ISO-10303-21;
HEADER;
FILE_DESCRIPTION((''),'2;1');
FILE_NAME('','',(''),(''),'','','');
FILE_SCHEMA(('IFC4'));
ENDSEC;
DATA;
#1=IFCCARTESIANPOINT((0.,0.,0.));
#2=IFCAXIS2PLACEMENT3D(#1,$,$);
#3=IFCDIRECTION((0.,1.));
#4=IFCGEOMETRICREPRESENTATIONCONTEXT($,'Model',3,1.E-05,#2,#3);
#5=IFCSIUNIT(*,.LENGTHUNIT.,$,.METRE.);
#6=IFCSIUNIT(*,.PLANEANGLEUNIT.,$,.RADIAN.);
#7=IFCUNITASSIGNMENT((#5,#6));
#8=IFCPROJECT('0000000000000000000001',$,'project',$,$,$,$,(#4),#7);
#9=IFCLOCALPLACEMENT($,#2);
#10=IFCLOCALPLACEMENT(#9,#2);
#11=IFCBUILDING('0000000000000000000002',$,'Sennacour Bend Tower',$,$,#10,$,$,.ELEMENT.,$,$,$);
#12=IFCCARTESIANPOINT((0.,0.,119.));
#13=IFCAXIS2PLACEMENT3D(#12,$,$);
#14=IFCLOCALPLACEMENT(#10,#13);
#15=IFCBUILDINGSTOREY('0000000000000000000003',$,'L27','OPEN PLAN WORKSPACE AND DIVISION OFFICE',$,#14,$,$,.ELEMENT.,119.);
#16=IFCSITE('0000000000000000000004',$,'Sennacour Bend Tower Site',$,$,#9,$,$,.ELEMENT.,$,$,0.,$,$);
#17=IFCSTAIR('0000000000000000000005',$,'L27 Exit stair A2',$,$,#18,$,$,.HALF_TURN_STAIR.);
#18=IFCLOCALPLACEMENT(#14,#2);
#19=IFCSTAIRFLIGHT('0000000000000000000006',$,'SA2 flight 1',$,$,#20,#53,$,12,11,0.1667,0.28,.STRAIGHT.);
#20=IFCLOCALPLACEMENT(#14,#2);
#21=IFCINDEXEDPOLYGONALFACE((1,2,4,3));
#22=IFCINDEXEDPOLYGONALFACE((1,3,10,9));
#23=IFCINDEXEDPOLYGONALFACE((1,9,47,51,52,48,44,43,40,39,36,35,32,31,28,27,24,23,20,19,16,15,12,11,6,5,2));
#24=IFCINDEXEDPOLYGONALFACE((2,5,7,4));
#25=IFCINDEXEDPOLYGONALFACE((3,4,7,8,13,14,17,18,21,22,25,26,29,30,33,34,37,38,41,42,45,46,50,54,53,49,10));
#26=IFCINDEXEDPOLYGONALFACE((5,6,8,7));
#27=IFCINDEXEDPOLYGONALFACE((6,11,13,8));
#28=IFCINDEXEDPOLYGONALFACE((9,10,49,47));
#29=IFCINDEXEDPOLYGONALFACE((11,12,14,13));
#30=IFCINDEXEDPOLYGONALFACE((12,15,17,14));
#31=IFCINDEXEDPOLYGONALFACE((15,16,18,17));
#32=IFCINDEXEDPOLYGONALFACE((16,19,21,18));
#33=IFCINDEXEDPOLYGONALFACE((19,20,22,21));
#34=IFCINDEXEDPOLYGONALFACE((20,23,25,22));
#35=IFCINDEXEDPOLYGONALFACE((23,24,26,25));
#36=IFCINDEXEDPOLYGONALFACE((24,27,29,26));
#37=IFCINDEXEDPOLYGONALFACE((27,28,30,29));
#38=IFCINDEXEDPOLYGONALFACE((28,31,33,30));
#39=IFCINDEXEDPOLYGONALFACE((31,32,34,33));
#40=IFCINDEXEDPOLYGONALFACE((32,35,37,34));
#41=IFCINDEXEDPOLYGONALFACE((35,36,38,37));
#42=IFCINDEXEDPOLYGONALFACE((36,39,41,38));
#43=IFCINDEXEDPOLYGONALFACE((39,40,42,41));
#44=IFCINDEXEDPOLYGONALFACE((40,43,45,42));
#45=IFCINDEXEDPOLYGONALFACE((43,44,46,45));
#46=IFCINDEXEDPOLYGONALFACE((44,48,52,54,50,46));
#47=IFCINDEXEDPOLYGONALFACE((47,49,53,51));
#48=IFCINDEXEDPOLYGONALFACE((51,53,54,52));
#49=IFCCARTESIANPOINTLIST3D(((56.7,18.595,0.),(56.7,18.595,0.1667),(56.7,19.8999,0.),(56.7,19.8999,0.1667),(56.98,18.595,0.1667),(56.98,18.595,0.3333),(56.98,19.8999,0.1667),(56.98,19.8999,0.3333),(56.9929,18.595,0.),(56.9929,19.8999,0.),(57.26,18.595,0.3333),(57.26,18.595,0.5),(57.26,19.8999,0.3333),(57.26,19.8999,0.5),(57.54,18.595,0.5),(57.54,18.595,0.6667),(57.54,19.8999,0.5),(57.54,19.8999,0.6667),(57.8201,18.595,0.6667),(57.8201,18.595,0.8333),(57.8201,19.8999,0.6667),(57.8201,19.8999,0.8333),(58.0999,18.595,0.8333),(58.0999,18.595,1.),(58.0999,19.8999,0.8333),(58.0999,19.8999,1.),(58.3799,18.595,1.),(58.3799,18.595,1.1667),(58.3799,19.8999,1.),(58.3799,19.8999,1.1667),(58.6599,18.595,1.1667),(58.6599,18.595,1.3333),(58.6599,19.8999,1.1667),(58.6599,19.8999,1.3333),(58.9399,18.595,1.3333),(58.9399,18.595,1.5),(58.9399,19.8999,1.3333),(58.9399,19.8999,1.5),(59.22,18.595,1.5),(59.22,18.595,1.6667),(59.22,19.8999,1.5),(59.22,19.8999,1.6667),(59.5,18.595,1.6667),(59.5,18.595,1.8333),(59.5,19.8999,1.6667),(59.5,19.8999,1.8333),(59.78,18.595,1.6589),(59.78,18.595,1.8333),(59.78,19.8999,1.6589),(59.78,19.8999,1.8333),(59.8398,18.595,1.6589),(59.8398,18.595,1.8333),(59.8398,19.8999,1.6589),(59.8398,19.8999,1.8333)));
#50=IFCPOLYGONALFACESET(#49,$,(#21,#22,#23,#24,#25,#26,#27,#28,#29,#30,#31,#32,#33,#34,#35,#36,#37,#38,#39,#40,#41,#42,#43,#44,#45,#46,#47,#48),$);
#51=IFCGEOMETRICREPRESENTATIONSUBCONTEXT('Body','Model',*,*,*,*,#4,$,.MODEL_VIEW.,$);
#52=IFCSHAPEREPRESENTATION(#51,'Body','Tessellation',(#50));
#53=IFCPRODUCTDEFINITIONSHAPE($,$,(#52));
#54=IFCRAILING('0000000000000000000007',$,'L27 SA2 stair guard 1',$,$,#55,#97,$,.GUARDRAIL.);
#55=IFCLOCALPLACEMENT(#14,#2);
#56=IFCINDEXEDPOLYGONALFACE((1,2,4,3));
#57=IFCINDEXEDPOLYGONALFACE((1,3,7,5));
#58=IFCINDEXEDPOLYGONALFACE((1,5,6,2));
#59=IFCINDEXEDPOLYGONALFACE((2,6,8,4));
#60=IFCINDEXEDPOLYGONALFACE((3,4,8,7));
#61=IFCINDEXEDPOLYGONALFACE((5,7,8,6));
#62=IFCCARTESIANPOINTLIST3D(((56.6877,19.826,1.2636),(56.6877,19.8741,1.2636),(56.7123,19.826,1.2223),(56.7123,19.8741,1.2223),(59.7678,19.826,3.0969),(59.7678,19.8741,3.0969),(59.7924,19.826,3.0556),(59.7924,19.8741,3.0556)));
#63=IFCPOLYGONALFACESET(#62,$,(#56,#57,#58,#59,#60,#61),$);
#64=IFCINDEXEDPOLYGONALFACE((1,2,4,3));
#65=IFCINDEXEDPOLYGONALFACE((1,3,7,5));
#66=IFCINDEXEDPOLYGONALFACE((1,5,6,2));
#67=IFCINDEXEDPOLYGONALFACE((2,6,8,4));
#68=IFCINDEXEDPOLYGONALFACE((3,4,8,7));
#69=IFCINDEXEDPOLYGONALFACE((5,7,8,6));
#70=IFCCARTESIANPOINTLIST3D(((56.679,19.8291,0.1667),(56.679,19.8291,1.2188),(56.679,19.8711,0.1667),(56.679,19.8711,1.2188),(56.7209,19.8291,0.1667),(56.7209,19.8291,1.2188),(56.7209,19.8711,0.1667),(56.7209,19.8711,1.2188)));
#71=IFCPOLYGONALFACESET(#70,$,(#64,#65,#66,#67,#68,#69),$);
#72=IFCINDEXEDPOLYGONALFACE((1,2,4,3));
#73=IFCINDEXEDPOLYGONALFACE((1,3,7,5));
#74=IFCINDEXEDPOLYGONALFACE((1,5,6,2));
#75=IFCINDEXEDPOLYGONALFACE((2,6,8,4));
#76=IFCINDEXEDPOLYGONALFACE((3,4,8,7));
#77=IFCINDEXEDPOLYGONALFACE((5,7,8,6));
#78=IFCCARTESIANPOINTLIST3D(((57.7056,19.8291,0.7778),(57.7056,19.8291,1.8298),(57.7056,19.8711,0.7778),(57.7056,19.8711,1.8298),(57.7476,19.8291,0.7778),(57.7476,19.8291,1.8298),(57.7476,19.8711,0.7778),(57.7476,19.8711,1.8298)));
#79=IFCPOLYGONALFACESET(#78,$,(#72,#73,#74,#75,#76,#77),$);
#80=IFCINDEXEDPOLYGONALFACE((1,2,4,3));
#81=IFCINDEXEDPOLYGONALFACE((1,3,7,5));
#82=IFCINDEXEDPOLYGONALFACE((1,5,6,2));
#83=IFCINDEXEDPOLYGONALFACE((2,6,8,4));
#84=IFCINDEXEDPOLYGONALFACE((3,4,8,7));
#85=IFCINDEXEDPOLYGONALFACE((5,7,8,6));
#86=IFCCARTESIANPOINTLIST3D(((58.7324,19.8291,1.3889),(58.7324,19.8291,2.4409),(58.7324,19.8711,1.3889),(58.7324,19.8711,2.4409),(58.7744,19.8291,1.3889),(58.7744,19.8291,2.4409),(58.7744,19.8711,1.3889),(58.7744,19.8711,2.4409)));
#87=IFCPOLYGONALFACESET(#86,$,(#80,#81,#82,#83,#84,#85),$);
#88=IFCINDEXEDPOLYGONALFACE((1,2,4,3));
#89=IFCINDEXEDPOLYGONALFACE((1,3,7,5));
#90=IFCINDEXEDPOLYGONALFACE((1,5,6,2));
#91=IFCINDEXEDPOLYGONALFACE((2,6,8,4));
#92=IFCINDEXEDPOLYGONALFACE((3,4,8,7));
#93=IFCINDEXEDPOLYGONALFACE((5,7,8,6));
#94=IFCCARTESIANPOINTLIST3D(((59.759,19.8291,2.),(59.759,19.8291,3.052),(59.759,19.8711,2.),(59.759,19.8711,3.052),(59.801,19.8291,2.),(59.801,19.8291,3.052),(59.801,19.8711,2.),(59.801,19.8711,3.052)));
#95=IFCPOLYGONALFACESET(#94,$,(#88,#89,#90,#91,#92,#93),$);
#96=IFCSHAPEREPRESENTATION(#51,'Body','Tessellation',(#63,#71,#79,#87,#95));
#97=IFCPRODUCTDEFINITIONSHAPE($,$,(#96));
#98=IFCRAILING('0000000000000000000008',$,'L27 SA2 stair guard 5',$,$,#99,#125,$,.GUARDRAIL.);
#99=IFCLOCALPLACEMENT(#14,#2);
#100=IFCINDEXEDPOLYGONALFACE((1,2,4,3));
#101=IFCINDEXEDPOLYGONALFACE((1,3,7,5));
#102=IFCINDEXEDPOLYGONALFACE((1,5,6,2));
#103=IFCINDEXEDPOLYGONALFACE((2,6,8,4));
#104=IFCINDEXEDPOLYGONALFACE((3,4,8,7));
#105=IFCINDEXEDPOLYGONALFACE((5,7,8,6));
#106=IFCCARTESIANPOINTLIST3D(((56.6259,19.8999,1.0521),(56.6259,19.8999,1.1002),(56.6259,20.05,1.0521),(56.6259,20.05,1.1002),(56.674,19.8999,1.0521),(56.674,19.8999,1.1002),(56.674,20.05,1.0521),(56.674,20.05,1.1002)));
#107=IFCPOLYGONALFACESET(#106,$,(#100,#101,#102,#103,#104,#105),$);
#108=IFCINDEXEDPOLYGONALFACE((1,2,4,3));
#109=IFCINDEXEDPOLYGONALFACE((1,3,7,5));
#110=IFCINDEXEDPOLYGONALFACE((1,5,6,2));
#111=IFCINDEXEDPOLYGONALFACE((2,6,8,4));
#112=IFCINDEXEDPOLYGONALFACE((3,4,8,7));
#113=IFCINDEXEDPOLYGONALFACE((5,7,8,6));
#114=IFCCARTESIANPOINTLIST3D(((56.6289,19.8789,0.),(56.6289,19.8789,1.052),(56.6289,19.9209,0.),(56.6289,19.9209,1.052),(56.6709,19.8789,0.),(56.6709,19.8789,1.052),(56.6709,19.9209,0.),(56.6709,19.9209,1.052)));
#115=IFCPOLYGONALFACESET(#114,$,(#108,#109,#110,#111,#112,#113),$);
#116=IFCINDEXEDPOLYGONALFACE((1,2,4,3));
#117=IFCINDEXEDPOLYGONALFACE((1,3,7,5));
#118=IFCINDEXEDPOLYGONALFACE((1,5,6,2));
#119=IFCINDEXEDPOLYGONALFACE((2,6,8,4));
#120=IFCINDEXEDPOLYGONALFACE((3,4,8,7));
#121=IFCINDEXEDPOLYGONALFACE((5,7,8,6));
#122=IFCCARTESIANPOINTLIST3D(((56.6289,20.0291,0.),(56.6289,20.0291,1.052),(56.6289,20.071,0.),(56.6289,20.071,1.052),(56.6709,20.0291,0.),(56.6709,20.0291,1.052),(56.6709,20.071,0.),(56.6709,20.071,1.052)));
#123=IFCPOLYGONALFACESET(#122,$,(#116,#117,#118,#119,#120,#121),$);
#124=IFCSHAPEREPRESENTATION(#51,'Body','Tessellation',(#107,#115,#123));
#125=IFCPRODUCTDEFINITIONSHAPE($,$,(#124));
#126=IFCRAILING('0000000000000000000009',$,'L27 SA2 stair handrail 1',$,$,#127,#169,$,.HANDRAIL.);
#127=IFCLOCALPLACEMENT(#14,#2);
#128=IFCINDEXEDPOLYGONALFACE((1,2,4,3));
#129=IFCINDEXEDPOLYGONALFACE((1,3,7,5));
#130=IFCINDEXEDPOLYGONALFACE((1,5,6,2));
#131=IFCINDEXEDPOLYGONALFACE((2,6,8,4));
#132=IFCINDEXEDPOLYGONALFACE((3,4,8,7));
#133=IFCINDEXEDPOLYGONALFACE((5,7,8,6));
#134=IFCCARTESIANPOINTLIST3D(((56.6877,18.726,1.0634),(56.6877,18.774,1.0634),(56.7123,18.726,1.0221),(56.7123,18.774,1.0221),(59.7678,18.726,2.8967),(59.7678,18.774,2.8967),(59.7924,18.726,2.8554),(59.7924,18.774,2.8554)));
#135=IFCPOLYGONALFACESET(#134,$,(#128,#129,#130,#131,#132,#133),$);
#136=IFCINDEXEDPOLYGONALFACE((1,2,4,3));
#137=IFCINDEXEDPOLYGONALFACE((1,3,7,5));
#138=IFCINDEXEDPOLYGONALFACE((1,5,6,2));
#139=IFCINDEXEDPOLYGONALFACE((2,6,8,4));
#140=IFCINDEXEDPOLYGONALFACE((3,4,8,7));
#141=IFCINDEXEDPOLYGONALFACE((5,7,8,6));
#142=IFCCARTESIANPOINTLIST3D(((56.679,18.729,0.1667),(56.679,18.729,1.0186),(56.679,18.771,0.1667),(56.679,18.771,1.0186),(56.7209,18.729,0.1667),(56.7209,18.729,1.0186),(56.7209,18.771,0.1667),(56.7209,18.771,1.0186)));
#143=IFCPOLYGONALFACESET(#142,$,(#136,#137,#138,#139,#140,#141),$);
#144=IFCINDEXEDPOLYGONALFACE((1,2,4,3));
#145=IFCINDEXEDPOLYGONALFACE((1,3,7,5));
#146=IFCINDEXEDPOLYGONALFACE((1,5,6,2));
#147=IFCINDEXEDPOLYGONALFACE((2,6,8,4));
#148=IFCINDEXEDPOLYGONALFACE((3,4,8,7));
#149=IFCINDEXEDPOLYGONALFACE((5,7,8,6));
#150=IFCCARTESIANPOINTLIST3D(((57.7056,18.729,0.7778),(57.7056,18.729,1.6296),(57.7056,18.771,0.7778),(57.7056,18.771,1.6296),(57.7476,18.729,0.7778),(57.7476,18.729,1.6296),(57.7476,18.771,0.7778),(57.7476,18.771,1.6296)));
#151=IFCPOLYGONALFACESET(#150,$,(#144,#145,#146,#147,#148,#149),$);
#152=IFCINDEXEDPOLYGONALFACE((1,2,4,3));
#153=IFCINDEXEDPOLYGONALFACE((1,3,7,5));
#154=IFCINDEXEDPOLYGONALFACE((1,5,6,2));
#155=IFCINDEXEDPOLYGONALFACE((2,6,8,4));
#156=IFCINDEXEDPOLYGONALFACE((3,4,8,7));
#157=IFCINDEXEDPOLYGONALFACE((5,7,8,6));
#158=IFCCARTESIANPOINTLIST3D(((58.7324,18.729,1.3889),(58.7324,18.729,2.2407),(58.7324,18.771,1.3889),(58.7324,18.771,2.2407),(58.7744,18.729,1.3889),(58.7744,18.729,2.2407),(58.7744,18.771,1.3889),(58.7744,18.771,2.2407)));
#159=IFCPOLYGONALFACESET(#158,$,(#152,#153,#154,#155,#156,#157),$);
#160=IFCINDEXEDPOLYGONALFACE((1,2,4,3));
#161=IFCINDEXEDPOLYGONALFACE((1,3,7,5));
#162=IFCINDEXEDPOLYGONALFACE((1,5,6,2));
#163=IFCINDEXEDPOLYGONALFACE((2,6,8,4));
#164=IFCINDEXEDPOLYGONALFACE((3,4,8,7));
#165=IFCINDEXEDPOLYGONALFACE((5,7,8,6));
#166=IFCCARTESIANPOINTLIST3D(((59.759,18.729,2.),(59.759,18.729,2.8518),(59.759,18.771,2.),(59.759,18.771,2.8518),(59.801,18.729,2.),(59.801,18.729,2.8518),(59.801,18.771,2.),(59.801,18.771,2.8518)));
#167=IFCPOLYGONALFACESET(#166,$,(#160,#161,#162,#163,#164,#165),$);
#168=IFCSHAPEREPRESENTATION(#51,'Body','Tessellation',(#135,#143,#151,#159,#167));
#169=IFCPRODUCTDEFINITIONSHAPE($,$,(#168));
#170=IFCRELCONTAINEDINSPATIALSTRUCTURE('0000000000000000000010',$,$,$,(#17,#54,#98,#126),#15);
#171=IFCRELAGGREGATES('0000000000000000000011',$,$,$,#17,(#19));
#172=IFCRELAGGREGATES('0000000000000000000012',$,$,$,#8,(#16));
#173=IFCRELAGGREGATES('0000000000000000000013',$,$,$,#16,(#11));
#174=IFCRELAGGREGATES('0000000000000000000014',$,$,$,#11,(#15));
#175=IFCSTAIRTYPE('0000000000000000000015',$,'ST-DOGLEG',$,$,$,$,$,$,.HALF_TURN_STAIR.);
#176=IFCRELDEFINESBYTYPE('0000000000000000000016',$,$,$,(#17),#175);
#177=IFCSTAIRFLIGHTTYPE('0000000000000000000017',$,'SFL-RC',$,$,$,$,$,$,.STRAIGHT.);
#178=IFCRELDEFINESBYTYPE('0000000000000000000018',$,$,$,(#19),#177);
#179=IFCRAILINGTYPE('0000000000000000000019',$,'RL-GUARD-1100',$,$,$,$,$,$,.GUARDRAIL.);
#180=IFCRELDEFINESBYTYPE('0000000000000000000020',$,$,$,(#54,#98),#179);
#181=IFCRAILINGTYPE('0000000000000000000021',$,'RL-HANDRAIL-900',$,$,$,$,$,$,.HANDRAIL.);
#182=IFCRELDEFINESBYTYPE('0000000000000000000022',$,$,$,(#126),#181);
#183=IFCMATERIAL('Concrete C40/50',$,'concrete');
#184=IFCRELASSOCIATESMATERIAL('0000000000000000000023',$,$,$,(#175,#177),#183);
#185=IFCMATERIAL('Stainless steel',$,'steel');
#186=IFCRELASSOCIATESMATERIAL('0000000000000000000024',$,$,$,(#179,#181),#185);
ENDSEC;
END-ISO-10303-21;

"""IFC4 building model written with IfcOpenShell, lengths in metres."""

from ifc_helpers import new_model, si_unit, direction, frame, origin, origin_2d, place, context, subcontext, project, spatial, polyline, rectangle, outline, extrude, material, type_object, element, aggregate, save


model = new_model("IFC4")

# Units and contexts
model_context = context("Model", 3, precision=1e-05, world=origin(), true_north=direction((0.0, 1.0)))
body_context = subcontext(model_context, "Body", "Model", "MODEL_VIEW")
ifc_project = project(units=[si_unit("LENGTHUNIT", "METRE"), si_unit("PLANEANGLEUNIT", "RADIAN")], contexts=[model_context])

# Site, building, storey
site_placement = place(None, origin())
site = spatial("IfcSite", under=ifc_project, at=site_placement, Name="Sennacour Bend Tower Site", CompositionType="ELEMENT", RefElevation=0.0)
building_placement = place(site_placement, origin())
building = spatial("IfcBuilding", under=site, at=building_placement, Name="Sennacour Bend Tower", CompositionType="ELEMENT")
storey_placement = place(building_placement, frame((0.0, 0.0, 119.0)))
storey = spatial("IfcBuildingStorey", under=building, at=storey_placement, Name="L27", Description="OPEN PLAN WORKSPACE AND DIVISION OFFICE", CompositionType="ELEMENT", Elevation=119.0)

# Shared definitions
ifc_material_1 = material(Name="Stainless steel", Category="steel")

# Stair, stair flight
ifc_material_2 = material(Name="Concrete C40/50", Category="concrete")
stair_type = type_object("IfcStairType", Name="ST-DOGLEG", PredefinedType="HALF_TURN_STAIR", material=ifc_material_2)
stair_placement = place(storey_placement, origin())
stair = element("IfcStair", 1, at=stair_placement, inside=storey, type_object=stair_type, Name="L27 Exit stair A2", PredefinedType="HALF_TURN_STAIR")
stair_flight_type = type_object("IfcStairFlightType", Name="SFL-RC", PredefinedType="STRAIGHT", material=ifc_material_2)
stair_flight_placement = place(storey_placement, frame((56.7, 19.2476, 0.0), z_axis=(0.0, 0.0, 1.0), x_axis=(1.0, 0.0, 0.0)))
stair_flight = element("IfcStairFlight", 2, at=stair_flight_placement, type_object=stair_flight_type, Name="SA2 flight 1", NumberOfRisers=12, NumberOfTreads=11, PredefinedType="STRAIGHT", RiserHeight=0.1667, TreadLength=0.28, context=body_context, shape_type="SweptSolid", body=[
    extrude(outline(polyline([(0.0, 0.0), (0.0, 0.1667), (0.28, 0.1667), (0.28, 0.3333), (0.5601, 0.3333), (0.5601, 0.5), (0.8401, 0.5), (0.8401, 0.6667), (1.1201, 0.6667), (1.1201, 0.8333), (1.3999, 0.8333), (1.3999, 1.0), (1.6799, 1.0), (1.6799, 1.1667), (1.96, 1.1667), (1.96, 1.3333), (2.24, 1.3333), (2.24, 1.5), (2.52, 1.5), (2.52, 1.6667), (2.8, 1.6667), (2.8, 1.8333), (3.0801, 1.8333), (3.1399, 1.8333), (3.1399, 1.6589), (3.0801, 1.6589), (0.293, 0.0), (0.0, 0.0)])), frame((0.0, 0.6523, 0.0), z_axis=(0.0, -1.0, 0.0), x_axis=(1.0, 0.0, 0.0)), (0.0, 0.0, 1.0), 1.3049),
])
aggregate(stair, [stair_flight])

# Railings
railing_type_1 = type_object("IfcRailingType", Name="RL-GUARD-1100", PredefinedType="GUARDRAIL", material=ifc_material_1)
railing_1_placement = place(storey_placement, frame((56.7, 19.8501, 0.1667)))
element("IfcRailing", 3, at=railing_1_placement, inside=storey, type_object=railing_type_1, Name="L27 SA2 stair guard 1", PredefinedType="GUARDRAIL", context=body_context, shape_type="SweptSolid", body=[
    extrude(rectangle(XDim=0.0481, YDim=0.0481, at=origin_2d()), frame((0.0, 0.0, 1.0762), z_axis=(0.859309, 0.0, 0.511458), x_axis=(0.0, 1.0, 0.0)), (0.0, 0.0, 1.0), 3.5845),
    extrude(rectangle(XDim=0.042, YDim=0.042, at=origin_2d()), origin(), (0.0, 0.0, 1.0), 1.052),
    extrude(rectangle(XDim=0.042, YDim=0.042, at=origin_2d()), frame((1.0266, 0.0, 0.6111)), (0.0, 0.0, 1.0), 1.052),
    extrude(rectangle(XDim=0.042, YDim=0.042, at=origin_2d()), frame((2.0535, 0.0, 1.2222)), (0.0, 0.0, 1.0), 1.052),
    extrude(rectangle(XDim=0.042, YDim=0.042, at=origin_2d()), frame((3.0801, 0.0, 1.8333)), (0.0, 0.0, 1.0), 1.052),
])
railing_2_placement = place(storey_placement, frame((56.6499, 19.8999, 0.0)))
element("IfcRailing", 4, at=railing_2_placement, inside=storey, type_object=railing_type_1, Name="L27 SA2 stair guard 5", PredefinedType="GUARDRAIL", context=body_context, shape_type="SweptSolid", body=[
    extrude(rectangle(XDim=0.0481, YDim=0.0481, at=origin_2d()), frame((0.0, 0.0, 1.0762), z_axis=(0.0, 1.0, 0.0), x_axis=(-1.0, 0.0, 0.0)), (0.0, 0.0, 1.0), 0.1501),
    extrude(rectangle(XDim=0.042, YDim=0.042, at=origin_2d()), origin(), (0.0, 0.0, 1.0), 1.052),
    extrude(rectangle(XDim=0.042, YDim=0.042, at=origin_2d()), frame((0.0, 0.1501, 0.0)), (0.0, 0.0, 1.0), 1.052),
])
railing_type_2 = type_object("IfcRailingType", Name="RL-HANDRAIL-900", PredefinedType="HANDRAIL", material=ifc_material_1)
railing_3_placement = place(storey_placement, frame((56.7, 18.75, 0.1667)))
element("IfcRailing", 5, at=railing_3_placement, inside=storey, type_object=railing_type_2, Name="L27 SA2 stair handrail 1", PredefinedType="HANDRAIL", context=body_context, shape_type="SweptSolid", body=[
    extrude(rectangle(XDim=0.0481, YDim=0.0481, at=origin_2d()), frame((0.0, 0.0, 0.876), z_axis=(0.859309, 0.0, 0.511458), x_axis=(0.0, 1.0, 0.0)), (0.0, 0.0, 1.0), 3.5845),
    extrude(rectangle(XDim=0.042, YDim=0.042, at=origin_2d()), origin(), (0.0, 0.0, 1.0), 0.8518),
    extrude(rectangle(XDim=0.042, YDim=0.042, at=origin_2d()), frame((1.0266, 0.0, 0.6111)), (0.0, 0.0, 1.0), 0.8518),
    extrude(rectangle(XDim=0.042, YDim=0.042, at=origin_2d()), frame((2.0535, 0.0, 1.2222)), (0.0, 0.0, 1.0), 0.8518),
    extrude(rectangle(XDim=0.042, YDim=0.042, at=origin_2d()), frame((3.0801, 0.0, 1.8333)), (0.0, 0.0, 1.0), 0.8518),
])

save(model, "model.ifc")
